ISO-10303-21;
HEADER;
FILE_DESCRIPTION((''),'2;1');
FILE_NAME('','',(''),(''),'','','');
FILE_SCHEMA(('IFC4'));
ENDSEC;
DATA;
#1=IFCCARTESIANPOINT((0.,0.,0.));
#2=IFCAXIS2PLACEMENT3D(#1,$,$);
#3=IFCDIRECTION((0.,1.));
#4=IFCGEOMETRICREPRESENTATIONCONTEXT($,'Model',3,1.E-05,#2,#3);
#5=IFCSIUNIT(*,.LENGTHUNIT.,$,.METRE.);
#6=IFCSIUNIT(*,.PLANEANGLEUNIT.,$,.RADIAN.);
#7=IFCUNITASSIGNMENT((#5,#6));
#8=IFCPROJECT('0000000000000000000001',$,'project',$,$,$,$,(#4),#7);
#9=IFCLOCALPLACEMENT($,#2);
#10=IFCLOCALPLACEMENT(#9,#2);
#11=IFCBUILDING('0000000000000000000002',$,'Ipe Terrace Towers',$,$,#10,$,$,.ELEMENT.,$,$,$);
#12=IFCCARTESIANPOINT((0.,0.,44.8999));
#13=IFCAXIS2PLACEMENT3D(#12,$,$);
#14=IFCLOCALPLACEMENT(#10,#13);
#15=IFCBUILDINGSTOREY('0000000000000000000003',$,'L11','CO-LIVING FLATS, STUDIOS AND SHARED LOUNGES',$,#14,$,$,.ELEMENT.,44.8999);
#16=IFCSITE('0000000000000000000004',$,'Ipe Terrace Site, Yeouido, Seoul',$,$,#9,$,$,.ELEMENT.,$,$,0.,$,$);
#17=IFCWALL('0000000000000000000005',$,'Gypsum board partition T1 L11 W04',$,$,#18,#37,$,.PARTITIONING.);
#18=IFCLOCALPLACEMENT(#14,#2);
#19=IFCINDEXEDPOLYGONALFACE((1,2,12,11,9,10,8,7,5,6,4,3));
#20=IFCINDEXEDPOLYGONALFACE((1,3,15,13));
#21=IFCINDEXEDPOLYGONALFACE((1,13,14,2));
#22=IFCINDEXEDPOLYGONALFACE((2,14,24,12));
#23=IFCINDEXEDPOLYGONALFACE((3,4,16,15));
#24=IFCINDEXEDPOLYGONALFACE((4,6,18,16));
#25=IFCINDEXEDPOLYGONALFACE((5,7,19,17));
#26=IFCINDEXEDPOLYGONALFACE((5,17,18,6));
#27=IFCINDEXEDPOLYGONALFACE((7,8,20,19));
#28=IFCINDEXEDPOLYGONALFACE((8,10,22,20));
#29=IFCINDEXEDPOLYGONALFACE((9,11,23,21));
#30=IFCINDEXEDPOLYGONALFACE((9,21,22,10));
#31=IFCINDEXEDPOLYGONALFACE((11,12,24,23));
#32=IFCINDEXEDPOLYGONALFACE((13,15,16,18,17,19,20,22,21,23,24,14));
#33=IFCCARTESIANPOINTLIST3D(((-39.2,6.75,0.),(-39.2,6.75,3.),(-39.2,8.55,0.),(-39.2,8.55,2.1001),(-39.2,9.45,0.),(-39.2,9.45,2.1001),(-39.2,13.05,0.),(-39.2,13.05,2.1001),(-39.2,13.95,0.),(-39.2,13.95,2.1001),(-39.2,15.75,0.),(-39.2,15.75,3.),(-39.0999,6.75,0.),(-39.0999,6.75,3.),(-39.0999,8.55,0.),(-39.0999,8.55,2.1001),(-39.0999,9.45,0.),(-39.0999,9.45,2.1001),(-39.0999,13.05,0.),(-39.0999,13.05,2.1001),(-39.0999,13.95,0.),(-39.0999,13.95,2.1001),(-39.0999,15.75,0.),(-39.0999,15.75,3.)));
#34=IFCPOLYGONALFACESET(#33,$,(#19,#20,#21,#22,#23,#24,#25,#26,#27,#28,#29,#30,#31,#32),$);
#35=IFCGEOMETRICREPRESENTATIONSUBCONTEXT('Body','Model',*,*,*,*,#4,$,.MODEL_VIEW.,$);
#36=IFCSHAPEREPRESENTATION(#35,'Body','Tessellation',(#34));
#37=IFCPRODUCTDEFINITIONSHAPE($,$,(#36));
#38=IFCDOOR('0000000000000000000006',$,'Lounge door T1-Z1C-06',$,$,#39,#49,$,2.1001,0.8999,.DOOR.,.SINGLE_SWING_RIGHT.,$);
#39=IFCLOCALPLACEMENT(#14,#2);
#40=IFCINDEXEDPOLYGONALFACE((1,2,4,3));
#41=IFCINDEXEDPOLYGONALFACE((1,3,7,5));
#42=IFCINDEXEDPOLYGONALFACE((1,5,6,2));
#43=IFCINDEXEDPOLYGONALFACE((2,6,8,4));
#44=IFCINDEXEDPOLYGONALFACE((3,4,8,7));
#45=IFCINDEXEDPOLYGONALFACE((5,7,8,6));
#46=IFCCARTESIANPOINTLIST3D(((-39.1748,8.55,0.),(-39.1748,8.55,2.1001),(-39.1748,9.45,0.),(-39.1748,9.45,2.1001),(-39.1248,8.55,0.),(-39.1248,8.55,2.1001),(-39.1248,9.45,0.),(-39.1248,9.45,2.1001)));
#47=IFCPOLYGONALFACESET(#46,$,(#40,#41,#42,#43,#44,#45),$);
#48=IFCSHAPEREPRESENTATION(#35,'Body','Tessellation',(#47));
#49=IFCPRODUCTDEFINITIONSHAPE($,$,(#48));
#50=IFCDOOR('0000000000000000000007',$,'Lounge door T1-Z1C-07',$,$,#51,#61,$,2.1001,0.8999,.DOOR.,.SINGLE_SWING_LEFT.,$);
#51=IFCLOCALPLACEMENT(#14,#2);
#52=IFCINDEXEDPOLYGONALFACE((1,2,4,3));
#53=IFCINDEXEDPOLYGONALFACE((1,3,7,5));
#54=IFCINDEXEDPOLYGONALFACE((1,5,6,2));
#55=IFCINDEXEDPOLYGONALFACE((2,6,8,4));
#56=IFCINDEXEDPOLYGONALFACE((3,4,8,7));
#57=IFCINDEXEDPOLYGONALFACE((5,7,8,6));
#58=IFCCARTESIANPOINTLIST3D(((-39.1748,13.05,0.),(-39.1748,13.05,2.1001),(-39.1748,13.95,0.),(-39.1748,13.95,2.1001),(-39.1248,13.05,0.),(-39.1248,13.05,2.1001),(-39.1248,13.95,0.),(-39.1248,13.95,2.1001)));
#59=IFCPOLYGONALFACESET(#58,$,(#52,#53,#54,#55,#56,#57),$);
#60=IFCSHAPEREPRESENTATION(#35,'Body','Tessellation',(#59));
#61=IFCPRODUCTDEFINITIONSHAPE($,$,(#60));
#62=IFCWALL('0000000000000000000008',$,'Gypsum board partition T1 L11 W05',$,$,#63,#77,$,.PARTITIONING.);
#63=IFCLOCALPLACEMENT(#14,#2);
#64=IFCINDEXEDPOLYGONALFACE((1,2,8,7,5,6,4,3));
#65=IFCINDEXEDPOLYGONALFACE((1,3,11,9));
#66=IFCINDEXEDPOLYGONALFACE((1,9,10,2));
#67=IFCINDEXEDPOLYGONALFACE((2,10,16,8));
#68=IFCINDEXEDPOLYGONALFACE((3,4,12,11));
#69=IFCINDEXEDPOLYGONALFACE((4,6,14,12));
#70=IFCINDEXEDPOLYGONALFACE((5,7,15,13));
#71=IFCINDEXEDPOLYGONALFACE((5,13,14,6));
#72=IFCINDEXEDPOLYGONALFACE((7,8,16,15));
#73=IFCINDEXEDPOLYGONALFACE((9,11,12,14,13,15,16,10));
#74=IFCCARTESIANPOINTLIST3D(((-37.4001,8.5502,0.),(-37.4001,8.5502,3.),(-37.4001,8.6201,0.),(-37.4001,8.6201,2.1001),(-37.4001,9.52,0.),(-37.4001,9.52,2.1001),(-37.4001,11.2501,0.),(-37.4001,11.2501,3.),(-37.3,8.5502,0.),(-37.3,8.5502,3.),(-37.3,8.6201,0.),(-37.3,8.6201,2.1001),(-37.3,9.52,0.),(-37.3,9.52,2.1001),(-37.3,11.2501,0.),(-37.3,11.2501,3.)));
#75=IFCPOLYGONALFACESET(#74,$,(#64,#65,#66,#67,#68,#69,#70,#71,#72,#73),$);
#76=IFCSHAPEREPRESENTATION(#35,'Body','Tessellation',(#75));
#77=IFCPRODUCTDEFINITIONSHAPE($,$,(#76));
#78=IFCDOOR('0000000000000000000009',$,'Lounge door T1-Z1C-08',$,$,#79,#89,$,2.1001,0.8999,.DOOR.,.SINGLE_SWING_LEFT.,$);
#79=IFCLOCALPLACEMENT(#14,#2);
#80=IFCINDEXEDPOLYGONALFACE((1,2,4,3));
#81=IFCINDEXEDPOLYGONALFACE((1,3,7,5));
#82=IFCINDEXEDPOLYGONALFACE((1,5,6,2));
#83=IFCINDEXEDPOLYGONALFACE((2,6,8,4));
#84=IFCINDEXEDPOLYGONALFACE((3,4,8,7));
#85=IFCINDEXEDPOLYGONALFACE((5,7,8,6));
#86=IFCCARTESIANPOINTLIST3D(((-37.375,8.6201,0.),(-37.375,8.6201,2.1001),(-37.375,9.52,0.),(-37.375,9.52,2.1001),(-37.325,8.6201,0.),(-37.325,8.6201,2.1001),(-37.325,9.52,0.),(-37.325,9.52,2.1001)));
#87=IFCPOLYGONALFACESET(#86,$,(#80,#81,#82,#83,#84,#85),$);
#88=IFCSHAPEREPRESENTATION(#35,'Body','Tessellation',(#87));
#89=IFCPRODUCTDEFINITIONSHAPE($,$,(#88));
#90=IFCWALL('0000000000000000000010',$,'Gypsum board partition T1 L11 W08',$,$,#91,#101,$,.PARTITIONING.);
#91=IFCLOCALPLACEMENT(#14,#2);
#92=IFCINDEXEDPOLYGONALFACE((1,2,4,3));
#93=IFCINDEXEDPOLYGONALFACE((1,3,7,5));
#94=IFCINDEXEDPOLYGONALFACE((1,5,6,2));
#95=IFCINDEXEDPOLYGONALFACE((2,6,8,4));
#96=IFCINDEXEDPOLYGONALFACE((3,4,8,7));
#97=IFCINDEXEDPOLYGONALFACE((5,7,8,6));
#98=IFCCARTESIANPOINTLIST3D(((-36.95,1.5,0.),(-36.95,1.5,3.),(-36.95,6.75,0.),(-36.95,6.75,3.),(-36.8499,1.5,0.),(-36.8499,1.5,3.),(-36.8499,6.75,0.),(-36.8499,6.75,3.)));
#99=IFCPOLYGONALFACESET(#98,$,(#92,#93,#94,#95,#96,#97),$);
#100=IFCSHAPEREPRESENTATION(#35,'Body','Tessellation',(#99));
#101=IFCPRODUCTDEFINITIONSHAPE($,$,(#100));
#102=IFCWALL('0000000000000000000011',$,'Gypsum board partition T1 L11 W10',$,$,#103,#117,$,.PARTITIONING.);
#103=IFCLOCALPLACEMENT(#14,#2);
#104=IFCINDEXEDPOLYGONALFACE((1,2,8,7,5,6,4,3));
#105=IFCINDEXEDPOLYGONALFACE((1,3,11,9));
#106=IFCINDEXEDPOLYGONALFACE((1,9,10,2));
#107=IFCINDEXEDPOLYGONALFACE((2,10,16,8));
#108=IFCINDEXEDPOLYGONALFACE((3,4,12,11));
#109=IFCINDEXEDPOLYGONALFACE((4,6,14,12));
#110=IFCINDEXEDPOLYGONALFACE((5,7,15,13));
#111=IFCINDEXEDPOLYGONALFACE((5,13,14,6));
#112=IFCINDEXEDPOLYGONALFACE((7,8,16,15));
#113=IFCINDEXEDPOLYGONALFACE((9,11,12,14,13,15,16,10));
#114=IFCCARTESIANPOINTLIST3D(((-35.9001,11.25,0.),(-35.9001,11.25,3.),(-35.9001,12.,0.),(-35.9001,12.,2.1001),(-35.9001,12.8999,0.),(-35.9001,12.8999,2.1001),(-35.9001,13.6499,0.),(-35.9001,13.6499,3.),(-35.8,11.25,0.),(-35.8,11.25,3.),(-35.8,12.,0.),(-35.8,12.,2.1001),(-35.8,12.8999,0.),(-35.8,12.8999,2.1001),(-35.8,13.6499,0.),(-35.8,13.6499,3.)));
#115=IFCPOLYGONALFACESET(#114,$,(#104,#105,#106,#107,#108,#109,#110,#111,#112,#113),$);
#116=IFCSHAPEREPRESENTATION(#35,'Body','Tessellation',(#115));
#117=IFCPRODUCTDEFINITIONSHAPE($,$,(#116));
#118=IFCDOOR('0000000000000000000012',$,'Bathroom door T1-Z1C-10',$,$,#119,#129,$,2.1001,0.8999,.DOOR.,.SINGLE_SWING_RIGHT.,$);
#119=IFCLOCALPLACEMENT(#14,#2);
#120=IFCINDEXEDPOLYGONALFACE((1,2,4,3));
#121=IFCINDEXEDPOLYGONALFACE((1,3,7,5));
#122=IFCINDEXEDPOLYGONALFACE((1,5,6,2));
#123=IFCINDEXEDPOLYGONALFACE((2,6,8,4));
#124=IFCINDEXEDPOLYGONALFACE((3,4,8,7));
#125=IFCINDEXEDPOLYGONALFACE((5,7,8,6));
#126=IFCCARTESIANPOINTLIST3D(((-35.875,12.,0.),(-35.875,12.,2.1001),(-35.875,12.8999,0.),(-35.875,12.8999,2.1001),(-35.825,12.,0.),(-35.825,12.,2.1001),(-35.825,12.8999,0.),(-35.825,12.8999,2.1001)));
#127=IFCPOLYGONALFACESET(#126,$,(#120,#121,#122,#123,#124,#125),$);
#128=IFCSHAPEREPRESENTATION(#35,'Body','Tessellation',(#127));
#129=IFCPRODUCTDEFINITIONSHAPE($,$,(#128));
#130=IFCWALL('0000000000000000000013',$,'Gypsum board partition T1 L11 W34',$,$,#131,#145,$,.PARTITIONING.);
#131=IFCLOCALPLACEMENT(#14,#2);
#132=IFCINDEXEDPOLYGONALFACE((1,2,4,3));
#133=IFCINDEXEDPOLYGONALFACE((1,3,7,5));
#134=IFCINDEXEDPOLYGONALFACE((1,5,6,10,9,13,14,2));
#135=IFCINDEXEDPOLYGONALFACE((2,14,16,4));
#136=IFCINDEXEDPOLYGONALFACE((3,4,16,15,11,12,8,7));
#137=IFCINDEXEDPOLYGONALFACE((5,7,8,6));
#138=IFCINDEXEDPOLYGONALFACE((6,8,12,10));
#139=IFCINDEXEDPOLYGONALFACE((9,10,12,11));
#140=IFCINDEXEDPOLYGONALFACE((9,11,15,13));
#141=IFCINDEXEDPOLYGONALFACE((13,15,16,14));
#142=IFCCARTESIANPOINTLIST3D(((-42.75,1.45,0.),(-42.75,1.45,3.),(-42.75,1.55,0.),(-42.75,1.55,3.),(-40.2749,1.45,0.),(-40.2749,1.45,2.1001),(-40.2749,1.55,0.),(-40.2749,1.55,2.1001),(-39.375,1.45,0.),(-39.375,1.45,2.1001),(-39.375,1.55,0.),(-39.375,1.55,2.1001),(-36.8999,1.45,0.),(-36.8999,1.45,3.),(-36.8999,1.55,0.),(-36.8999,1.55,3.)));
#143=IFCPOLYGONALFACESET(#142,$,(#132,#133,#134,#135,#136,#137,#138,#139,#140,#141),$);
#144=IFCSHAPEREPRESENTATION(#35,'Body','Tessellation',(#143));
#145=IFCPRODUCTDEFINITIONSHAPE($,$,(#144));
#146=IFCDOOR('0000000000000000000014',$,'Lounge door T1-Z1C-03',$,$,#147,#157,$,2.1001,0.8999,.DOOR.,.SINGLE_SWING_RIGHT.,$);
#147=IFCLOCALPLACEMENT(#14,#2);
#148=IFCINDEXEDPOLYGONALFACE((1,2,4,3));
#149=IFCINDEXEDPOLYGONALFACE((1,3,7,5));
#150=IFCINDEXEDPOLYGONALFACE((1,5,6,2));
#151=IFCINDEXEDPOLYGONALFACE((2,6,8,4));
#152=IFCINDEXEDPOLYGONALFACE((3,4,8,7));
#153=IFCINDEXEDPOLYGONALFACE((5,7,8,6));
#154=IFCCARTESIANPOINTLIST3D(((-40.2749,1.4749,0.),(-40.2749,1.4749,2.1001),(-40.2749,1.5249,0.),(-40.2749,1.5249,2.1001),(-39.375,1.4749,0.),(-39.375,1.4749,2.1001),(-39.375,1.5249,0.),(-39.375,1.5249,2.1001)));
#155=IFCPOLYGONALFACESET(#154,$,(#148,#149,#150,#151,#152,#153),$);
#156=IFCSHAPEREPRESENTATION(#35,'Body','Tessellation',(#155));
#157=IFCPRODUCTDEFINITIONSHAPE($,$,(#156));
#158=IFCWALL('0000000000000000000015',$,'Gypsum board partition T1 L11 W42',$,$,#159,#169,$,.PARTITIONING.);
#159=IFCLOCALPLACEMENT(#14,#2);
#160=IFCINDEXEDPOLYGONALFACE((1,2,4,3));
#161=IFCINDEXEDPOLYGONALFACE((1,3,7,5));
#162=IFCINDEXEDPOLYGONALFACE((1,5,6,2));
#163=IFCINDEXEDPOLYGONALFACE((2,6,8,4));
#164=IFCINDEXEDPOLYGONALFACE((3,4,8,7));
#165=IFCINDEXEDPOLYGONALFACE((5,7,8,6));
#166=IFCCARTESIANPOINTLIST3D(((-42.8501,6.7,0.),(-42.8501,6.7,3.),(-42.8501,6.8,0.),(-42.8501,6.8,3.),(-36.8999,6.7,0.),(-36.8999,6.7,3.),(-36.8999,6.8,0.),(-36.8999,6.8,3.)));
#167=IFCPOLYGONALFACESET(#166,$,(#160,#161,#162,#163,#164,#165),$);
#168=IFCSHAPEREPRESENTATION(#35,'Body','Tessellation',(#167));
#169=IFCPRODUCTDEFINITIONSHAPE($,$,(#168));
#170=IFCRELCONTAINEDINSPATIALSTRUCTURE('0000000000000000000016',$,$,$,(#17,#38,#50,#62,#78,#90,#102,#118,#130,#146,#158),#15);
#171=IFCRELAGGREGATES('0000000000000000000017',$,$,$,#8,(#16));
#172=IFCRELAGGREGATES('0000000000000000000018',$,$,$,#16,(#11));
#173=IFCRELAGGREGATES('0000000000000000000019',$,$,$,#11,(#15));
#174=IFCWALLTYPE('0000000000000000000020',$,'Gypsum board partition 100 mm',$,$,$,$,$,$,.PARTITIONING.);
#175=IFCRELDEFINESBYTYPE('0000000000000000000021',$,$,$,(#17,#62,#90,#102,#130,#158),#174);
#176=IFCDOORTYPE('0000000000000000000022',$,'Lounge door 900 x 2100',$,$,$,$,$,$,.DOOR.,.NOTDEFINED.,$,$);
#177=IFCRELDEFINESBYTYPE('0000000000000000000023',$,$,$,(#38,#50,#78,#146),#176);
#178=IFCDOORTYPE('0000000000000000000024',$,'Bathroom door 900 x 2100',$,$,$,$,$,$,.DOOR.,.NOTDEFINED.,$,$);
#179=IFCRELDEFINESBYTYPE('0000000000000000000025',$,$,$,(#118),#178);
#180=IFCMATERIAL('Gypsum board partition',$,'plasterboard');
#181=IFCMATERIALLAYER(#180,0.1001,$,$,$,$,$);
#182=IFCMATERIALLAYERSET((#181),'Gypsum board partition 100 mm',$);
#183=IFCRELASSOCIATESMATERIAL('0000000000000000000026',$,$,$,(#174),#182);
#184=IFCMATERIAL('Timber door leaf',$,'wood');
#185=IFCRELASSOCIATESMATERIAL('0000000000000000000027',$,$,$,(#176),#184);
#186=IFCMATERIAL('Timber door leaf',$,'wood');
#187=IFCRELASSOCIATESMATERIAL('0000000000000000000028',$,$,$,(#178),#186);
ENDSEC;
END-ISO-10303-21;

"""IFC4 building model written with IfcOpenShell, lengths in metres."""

from ifc_helpers import new_model, si_unit, direction, frame, frame_2d, origin, place, context, subcontext, project, spatial, rectangle, extrude, material, layer, layer_set, type_object, element, fill, save


model = new_model("IFC4")

# Units and contexts
model_context = context("Model", 3, precision=1e-05, world=origin(), true_north=direction((0.0, 1.0)))
body_context = subcontext(model_context, "Body", "Model", "MODEL_VIEW")
ifc_project = project(units=[si_unit("LENGTHUNIT", "METRE"), si_unit("PLANEANGLEUNIT", "RADIAN")], contexts=[model_context])

# Site, building, storey
site_placement = place(None, origin())
site = spatial("IfcSite", under=ifc_project, at=site_placement, Name="Ipe Terrace Site, Yeouido, Seoul", CompositionType="ELEMENT", RefElevation=0.0)
building_placement = place(site_placement, origin())
building = spatial("IfcBuilding", under=site, at=building_placement, Name="Ipe Terrace Towers", CompositionType="ELEMENT")
storey_placement = place(building_placement, frame((0.0, 0.0, 44.8999)))
storey = spatial("IfcBuildingStorey", under=building, at=storey_placement, Name="L11", Description="CO-LIVING FLATS, STUDIOS AND SHARED LOUNGES", CompositionType="ELEMENT", Elevation=44.8999)

# Wall, openings, doors
ifc_material_1 = material(Name="Gypsum board partition", Category="plasterboard")
ifc_layer_1 = layer(ifc_material_1, 0.1001)
ifc_layer_set_1 = layer_set([ifc_layer_1], Name="Gypsum board partition 100 mm")
wall_type_1 = type_object("IfcWallType", Name="Gypsum board partition 100 mm", PredefinedType="PARTITIONING", material=ifc_layer_set_1)
wall_1_placement = place(storey_placement, frame((-39.1499, 6.75, 0.0), z_axis=(0.0, 0.0, 1.0), x_axis=(0.0, 1.0, 0.0)))
wall_1 = element("IfcWall", 1, at=wall_1_placement, inside=storey, type_object=wall_type_1, Name="Gypsum board partition T1 L11 W04", PredefinedType="PARTITIONING", context=body_context, shape_type="SweptSolid", body=[
    extrude(rectangle(XDim=9.0, YDim=0.1001, at=frame_2d((4.5, 0.0))), origin(), (0.0, 0.0, 1.0), 3.0),
])
opening_1_placement = place(wall_1_placement, frame((1.8, 0.0, 0.0)))
opening_1 = element("IfcOpeningElement", 2, at=opening_1_placement, cuts=wall_1, PredefinedType="OPENING", context=body_context, shape_type="SweptSolid", body=[
    extrude(rectangle(XDim=0.8999, YDim=2.1001, at=frame_2d((0.45, 1.05))), frame((0.0, 0.0601, 0.0), z_axis=(0.0, -1.0, 0.0), x_axis=(1.0, 0.0, 0.0)), (0.0, 0.0, 1.0), 0.1201),
])
opening_2_placement = place(wall_1_placement, frame((6.3, 0.0, 0.0)))
opening_2 = element("IfcOpeningElement", 3, at=opening_2_placement, cuts=wall_1, PredefinedType="OPENING", context=body_context, shape_type="SweptSolid", body=[
    extrude(rectangle(XDim=0.8999, YDim=2.1001, at=frame_2d((0.45, 1.05))), frame((0.0, 0.0601, 0.0), z_axis=(0.0, -1.0, 0.0), x_axis=(1.0, 0.0, 0.0)), (0.0, 0.0, 1.0), 0.1201),
])
ifc_material_2 = material(Name="Timber door leaf", Category="wood")
door_type_1 = type_object("IfcDoorType", Name="Lounge door 900 x 2100", OperationType="NOTDEFINED", PredefinedType="DOOR", material=ifc_material_2)
door_1_placement = place(opening_1_placement, origin())
door_1 = element("IfcDoor", 4, at=door_1_placement, inside=storey, type_object=door_type_1, Name="Lounge door T1-Z1C-06", OperationType="SINGLE_SWING_RIGHT", OverallHeight=2.1001, OverallWidth=0.8999, PredefinedType="DOOR", context=body_context, shape_type="SweptSolid", body=[
    extrude(rectangle(XDim=0.8999, YDim=2.1001, at=frame_2d((0.45, 1.05))), frame((0.0, 0.0249, 0.0), z_axis=(0.0, -1.0, 0.0), x_axis=(1.0, 0.0, 0.0)), (0.0, 0.0, 1.0), 0.05),
])
fill(opening_1, door_1)
door_2_placement = place(opening_2_placement, origin())
door_2 = element("IfcDoor", 5, at=door_2_placement, inside=storey, type_object=door_type_1, Name="Lounge door T1-Z1C-07", OperationType="SINGLE_SWING_LEFT", OverallHeight=2.1001, OverallWidth=0.8999, PredefinedType="DOOR", context=body_context, shape_type="SweptSolid", body=[
    extrude(rectangle(XDim=0.8999, YDim=2.1001, at=frame_2d((0.45, 1.05))), frame((0.0, 0.0249, 0.0), z_axis=(0.0, -1.0, 0.0), x_axis=(1.0, 0.0, 0.0)), (0.0, 0.0, 1.0), 0.05),
])
fill(opening_2, door_2)

# Wall, opening, door
wall_2_placement = place(storey_placement, frame((-37.3501, 8.55, 0.0), z_axis=(0.0, 0.0, 1.0), x_axis=(0.0, 1.0, 0.0)))
wall_2 = element("IfcWall", 6, at=wall_2_placement, inside=storey, type_object=wall_type_1, Name="Gypsum board partition T1 L11 W05", PredefinedType="PARTITIONING", context=body_context, shape_type="SweptSolid", body=[
    extrude(rectangle(XDim=2.7, YDim=0.1001, at=frame_2d((1.3501, 0.0))), origin(), (0.0, 0.0, 1.0), 3.0),
])
opening_3_placement = place(wall_2_placement, frame((0.0701, 0.0, 0.0)))
opening_3 = element("IfcOpeningElement", 7, at=opening_3_placement, cuts=wall_2, PredefinedType="OPENING", context=body_context, shape_type="SweptSolid", body=[
    extrude(rectangle(XDim=0.8999, YDim=2.1001, at=frame_2d((0.45, 1.05))), frame((0.0, 0.0601, 0.0), z_axis=(0.0, -1.0, 0.0), x_axis=(1.0, 0.0, 0.0)), (0.0, 0.0, 1.0), 0.1201),
])
door_3_placement = place(opening_3_placement, origin())
door_3 = element("IfcDoor", 8, at=door_3_placement, inside=storey, type_object=door_type_1, Name="Lounge door T1-Z1C-08", OperationType="SINGLE_SWING_LEFT", OverallHeight=2.1001, OverallWidth=0.8999, PredefinedType="DOOR", context=body_context, shape_type="SweptSolid", body=[
    extrude(rectangle(XDim=0.8999, YDim=2.1001, at=frame_2d((0.45, 1.05))), frame((0.0, 0.0249, 0.0), z_axis=(0.0, -1.0, 0.0), x_axis=(1.0, 0.0, 0.0)), (0.0, 0.0, 1.0), 0.05),
])
fill(opening_3, door_3)

# Wall
wall_3_placement = place(storey_placement, frame((-36.8999, 1.5, 0.0), z_axis=(0.0, 0.0, 1.0), x_axis=(0.0, 1.0, 0.0)))
element("IfcWall", 9, at=wall_3_placement, inside=storey, type_object=wall_type_1, Name="Gypsum board partition T1 L11 W08", PredefinedType="PARTITIONING", context=body_context, shape_type="SweptSolid", body=[
    extrude(rectangle(XDim=5.25, YDim=0.1001, at=frame_2d((2.625, 0.0))), origin(), (0.0, 0.0, 1.0), 3.0),
])

# Walls, openings, doors
wall_4_placement = place(storey_placement, frame((-35.8501, 11.25, 0.0), z_axis=(0.0, 0.0, 1.0), x_axis=(0.0, 1.0, 0.0)))
wall_4 = element("IfcWall", 10, at=wall_4_placement, inside=storey, type_object=wall_type_1, Name="Gypsum board partition T1 L11 W10", PredefinedType="PARTITIONING", context=body_context, shape_type="SweptSolid", body=[
    extrude(rectangle(XDim=2.3999, YDim=0.1001, at=frame_2d((1.2, 0.0))), origin(), (0.0, 0.0, 1.0), 3.0),
])
opening_4_placement = place(wall_4_placement, frame((0.75, 0.0, 0.0)))
opening_4 = element("IfcOpeningElement", 11, at=opening_4_placement, cuts=wall_4, PredefinedType="OPENING", context=body_context, shape_type="SweptSolid", body=[
    extrude(rectangle(XDim=0.8999, YDim=2.1001, at=frame_2d((0.45, 1.05))), frame((0.0, 0.0601, 0.0), z_axis=(0.0, -1.0, 0.0), x_axis=(1.0, 0.0, 0.0)), (0.0, 0.0, 1.0), 0.1201),
])
ifc_material_3 = material(Name="Timber door leaf", Category="wood")
door_type_2 = type_object("IfcDoorType", Name="Bathroom door 900 x 2100", OperationType="NOTDEFINED", PredefinedType="DOOR", material=ifc_material_3)
door_4_placement = place(opening_4_placement, origin())
door_4 = element("IfcDoor", 12, at=door_4_placement, inside=storey, type_object=door_type_2, Name="Bathroom door T1-Z1C-10", OperationType="SINGLE_SWING_RIGHT", OverallHeight=2.1001, OverallWidth=0.8999, PredefinedType="DOOR", context=body_context, shape_type="SweptSolid", body=[
    extrude(rectangle(XDim=0.8999, YDim=2.1001, at=frame_2d((0.45, 1.05))), frame((0.0, 0.0249, 0.0), z_axis=(0.0, -1.0, 0.0), x_axis=(1.0, 0.0, 0.0)), (0.0, 0.0, 1.0), 0.05),
])
fill(opening_4, door_4)
wall_5_placement = place(storey_placement, frame((-42.75, 1.5, 0.0), z_axis=(0.0, 0.0, 1.0), x_axis=(1.0, 0.0, 0.0)))
wall_5 = element("IfcWall", 13, at=wall_5_placement, inside=storey, type_object=wall_type_1, Name="Gypsum board partition T1 L11 W34", PredefinedType="PARTITIONING", context=body_context, shape_type="SweptSolid", body=[
    extrude(rectangle(XDim=5.8501, YDim=0.1001, at=frame_2d((2.925, 0.0))), origin(), (0.0, 0.0, 1.0), 3.0),
])
opening_5_placement = place(wall_5_placement, frame((2.4751, 0.0, 0.0)))
opening_5 = element("IfcOpeningElement", 14, at=opening_5_placement, cuts=wall_5, PredefinedType="OPENING", context=body_context, shape_type="SweptSolid", body=[
    extrude(rectangle(XDim=0.8999, YDim=2.1001, at=frame_2d((0.45, 1.05))), frame((0.0, 0.0601, 0.0), z_axis=(0.0, -1.0, 0.0), x_axis=(1.0, 0.0, 0.0)), (0.0, 0.0, 1.0), 0.1201),
])
door_5_placement = place(opening_5_placement, origin())
door_5 = element("IfcDoor", 15, at=door_5_placement, inside=storey, type_object=door_type_1, Name="Lounge door T1-Z1C-03", OperationType="SINGLE_SWING_RIGHT", OverallHeight=2.1001, OverallWidth=0.8999, PredefinedType="DOOR", context=body_context, shape_type="SweptSolid", body=[
    extrude(rectangle(XDim=0.8999, YDim=2.1001, at=frame_2d((0.45, 1.05))), frame((0.0, 0.0249, 0.0), z_axis=(0.0, -1.0, 0.0), x_axis=(1.0, 0.0, 0.0)), (0.0, 0.0, 1.0), 0.05),
])
fill(opening_5, door_5)

# Wall
wall_6_placement = place(storey_placement, frame((-42.8501, 6.75, 0.0), z_axis=(0.0, 0.0, 1.0), x_axis=(1.0, 0.0, 0.0)))
element("IfcWall", 16, at=wall_6_placement, inside=storey, type_object=wall_type_1, Name="Gypsum board partition T1 L11 W42", PredefinedType="PARTITIONING", context=body_context, shape_type="SweptSolid", body=[
    extrude(rectangle(XDim=5.9502, YDim=0.1001, at=frame_2d((2.9751, 0.0))), origin(), (0.0, 0.0, 1.0), 3.0),
])

save(model, "model.ifc")
